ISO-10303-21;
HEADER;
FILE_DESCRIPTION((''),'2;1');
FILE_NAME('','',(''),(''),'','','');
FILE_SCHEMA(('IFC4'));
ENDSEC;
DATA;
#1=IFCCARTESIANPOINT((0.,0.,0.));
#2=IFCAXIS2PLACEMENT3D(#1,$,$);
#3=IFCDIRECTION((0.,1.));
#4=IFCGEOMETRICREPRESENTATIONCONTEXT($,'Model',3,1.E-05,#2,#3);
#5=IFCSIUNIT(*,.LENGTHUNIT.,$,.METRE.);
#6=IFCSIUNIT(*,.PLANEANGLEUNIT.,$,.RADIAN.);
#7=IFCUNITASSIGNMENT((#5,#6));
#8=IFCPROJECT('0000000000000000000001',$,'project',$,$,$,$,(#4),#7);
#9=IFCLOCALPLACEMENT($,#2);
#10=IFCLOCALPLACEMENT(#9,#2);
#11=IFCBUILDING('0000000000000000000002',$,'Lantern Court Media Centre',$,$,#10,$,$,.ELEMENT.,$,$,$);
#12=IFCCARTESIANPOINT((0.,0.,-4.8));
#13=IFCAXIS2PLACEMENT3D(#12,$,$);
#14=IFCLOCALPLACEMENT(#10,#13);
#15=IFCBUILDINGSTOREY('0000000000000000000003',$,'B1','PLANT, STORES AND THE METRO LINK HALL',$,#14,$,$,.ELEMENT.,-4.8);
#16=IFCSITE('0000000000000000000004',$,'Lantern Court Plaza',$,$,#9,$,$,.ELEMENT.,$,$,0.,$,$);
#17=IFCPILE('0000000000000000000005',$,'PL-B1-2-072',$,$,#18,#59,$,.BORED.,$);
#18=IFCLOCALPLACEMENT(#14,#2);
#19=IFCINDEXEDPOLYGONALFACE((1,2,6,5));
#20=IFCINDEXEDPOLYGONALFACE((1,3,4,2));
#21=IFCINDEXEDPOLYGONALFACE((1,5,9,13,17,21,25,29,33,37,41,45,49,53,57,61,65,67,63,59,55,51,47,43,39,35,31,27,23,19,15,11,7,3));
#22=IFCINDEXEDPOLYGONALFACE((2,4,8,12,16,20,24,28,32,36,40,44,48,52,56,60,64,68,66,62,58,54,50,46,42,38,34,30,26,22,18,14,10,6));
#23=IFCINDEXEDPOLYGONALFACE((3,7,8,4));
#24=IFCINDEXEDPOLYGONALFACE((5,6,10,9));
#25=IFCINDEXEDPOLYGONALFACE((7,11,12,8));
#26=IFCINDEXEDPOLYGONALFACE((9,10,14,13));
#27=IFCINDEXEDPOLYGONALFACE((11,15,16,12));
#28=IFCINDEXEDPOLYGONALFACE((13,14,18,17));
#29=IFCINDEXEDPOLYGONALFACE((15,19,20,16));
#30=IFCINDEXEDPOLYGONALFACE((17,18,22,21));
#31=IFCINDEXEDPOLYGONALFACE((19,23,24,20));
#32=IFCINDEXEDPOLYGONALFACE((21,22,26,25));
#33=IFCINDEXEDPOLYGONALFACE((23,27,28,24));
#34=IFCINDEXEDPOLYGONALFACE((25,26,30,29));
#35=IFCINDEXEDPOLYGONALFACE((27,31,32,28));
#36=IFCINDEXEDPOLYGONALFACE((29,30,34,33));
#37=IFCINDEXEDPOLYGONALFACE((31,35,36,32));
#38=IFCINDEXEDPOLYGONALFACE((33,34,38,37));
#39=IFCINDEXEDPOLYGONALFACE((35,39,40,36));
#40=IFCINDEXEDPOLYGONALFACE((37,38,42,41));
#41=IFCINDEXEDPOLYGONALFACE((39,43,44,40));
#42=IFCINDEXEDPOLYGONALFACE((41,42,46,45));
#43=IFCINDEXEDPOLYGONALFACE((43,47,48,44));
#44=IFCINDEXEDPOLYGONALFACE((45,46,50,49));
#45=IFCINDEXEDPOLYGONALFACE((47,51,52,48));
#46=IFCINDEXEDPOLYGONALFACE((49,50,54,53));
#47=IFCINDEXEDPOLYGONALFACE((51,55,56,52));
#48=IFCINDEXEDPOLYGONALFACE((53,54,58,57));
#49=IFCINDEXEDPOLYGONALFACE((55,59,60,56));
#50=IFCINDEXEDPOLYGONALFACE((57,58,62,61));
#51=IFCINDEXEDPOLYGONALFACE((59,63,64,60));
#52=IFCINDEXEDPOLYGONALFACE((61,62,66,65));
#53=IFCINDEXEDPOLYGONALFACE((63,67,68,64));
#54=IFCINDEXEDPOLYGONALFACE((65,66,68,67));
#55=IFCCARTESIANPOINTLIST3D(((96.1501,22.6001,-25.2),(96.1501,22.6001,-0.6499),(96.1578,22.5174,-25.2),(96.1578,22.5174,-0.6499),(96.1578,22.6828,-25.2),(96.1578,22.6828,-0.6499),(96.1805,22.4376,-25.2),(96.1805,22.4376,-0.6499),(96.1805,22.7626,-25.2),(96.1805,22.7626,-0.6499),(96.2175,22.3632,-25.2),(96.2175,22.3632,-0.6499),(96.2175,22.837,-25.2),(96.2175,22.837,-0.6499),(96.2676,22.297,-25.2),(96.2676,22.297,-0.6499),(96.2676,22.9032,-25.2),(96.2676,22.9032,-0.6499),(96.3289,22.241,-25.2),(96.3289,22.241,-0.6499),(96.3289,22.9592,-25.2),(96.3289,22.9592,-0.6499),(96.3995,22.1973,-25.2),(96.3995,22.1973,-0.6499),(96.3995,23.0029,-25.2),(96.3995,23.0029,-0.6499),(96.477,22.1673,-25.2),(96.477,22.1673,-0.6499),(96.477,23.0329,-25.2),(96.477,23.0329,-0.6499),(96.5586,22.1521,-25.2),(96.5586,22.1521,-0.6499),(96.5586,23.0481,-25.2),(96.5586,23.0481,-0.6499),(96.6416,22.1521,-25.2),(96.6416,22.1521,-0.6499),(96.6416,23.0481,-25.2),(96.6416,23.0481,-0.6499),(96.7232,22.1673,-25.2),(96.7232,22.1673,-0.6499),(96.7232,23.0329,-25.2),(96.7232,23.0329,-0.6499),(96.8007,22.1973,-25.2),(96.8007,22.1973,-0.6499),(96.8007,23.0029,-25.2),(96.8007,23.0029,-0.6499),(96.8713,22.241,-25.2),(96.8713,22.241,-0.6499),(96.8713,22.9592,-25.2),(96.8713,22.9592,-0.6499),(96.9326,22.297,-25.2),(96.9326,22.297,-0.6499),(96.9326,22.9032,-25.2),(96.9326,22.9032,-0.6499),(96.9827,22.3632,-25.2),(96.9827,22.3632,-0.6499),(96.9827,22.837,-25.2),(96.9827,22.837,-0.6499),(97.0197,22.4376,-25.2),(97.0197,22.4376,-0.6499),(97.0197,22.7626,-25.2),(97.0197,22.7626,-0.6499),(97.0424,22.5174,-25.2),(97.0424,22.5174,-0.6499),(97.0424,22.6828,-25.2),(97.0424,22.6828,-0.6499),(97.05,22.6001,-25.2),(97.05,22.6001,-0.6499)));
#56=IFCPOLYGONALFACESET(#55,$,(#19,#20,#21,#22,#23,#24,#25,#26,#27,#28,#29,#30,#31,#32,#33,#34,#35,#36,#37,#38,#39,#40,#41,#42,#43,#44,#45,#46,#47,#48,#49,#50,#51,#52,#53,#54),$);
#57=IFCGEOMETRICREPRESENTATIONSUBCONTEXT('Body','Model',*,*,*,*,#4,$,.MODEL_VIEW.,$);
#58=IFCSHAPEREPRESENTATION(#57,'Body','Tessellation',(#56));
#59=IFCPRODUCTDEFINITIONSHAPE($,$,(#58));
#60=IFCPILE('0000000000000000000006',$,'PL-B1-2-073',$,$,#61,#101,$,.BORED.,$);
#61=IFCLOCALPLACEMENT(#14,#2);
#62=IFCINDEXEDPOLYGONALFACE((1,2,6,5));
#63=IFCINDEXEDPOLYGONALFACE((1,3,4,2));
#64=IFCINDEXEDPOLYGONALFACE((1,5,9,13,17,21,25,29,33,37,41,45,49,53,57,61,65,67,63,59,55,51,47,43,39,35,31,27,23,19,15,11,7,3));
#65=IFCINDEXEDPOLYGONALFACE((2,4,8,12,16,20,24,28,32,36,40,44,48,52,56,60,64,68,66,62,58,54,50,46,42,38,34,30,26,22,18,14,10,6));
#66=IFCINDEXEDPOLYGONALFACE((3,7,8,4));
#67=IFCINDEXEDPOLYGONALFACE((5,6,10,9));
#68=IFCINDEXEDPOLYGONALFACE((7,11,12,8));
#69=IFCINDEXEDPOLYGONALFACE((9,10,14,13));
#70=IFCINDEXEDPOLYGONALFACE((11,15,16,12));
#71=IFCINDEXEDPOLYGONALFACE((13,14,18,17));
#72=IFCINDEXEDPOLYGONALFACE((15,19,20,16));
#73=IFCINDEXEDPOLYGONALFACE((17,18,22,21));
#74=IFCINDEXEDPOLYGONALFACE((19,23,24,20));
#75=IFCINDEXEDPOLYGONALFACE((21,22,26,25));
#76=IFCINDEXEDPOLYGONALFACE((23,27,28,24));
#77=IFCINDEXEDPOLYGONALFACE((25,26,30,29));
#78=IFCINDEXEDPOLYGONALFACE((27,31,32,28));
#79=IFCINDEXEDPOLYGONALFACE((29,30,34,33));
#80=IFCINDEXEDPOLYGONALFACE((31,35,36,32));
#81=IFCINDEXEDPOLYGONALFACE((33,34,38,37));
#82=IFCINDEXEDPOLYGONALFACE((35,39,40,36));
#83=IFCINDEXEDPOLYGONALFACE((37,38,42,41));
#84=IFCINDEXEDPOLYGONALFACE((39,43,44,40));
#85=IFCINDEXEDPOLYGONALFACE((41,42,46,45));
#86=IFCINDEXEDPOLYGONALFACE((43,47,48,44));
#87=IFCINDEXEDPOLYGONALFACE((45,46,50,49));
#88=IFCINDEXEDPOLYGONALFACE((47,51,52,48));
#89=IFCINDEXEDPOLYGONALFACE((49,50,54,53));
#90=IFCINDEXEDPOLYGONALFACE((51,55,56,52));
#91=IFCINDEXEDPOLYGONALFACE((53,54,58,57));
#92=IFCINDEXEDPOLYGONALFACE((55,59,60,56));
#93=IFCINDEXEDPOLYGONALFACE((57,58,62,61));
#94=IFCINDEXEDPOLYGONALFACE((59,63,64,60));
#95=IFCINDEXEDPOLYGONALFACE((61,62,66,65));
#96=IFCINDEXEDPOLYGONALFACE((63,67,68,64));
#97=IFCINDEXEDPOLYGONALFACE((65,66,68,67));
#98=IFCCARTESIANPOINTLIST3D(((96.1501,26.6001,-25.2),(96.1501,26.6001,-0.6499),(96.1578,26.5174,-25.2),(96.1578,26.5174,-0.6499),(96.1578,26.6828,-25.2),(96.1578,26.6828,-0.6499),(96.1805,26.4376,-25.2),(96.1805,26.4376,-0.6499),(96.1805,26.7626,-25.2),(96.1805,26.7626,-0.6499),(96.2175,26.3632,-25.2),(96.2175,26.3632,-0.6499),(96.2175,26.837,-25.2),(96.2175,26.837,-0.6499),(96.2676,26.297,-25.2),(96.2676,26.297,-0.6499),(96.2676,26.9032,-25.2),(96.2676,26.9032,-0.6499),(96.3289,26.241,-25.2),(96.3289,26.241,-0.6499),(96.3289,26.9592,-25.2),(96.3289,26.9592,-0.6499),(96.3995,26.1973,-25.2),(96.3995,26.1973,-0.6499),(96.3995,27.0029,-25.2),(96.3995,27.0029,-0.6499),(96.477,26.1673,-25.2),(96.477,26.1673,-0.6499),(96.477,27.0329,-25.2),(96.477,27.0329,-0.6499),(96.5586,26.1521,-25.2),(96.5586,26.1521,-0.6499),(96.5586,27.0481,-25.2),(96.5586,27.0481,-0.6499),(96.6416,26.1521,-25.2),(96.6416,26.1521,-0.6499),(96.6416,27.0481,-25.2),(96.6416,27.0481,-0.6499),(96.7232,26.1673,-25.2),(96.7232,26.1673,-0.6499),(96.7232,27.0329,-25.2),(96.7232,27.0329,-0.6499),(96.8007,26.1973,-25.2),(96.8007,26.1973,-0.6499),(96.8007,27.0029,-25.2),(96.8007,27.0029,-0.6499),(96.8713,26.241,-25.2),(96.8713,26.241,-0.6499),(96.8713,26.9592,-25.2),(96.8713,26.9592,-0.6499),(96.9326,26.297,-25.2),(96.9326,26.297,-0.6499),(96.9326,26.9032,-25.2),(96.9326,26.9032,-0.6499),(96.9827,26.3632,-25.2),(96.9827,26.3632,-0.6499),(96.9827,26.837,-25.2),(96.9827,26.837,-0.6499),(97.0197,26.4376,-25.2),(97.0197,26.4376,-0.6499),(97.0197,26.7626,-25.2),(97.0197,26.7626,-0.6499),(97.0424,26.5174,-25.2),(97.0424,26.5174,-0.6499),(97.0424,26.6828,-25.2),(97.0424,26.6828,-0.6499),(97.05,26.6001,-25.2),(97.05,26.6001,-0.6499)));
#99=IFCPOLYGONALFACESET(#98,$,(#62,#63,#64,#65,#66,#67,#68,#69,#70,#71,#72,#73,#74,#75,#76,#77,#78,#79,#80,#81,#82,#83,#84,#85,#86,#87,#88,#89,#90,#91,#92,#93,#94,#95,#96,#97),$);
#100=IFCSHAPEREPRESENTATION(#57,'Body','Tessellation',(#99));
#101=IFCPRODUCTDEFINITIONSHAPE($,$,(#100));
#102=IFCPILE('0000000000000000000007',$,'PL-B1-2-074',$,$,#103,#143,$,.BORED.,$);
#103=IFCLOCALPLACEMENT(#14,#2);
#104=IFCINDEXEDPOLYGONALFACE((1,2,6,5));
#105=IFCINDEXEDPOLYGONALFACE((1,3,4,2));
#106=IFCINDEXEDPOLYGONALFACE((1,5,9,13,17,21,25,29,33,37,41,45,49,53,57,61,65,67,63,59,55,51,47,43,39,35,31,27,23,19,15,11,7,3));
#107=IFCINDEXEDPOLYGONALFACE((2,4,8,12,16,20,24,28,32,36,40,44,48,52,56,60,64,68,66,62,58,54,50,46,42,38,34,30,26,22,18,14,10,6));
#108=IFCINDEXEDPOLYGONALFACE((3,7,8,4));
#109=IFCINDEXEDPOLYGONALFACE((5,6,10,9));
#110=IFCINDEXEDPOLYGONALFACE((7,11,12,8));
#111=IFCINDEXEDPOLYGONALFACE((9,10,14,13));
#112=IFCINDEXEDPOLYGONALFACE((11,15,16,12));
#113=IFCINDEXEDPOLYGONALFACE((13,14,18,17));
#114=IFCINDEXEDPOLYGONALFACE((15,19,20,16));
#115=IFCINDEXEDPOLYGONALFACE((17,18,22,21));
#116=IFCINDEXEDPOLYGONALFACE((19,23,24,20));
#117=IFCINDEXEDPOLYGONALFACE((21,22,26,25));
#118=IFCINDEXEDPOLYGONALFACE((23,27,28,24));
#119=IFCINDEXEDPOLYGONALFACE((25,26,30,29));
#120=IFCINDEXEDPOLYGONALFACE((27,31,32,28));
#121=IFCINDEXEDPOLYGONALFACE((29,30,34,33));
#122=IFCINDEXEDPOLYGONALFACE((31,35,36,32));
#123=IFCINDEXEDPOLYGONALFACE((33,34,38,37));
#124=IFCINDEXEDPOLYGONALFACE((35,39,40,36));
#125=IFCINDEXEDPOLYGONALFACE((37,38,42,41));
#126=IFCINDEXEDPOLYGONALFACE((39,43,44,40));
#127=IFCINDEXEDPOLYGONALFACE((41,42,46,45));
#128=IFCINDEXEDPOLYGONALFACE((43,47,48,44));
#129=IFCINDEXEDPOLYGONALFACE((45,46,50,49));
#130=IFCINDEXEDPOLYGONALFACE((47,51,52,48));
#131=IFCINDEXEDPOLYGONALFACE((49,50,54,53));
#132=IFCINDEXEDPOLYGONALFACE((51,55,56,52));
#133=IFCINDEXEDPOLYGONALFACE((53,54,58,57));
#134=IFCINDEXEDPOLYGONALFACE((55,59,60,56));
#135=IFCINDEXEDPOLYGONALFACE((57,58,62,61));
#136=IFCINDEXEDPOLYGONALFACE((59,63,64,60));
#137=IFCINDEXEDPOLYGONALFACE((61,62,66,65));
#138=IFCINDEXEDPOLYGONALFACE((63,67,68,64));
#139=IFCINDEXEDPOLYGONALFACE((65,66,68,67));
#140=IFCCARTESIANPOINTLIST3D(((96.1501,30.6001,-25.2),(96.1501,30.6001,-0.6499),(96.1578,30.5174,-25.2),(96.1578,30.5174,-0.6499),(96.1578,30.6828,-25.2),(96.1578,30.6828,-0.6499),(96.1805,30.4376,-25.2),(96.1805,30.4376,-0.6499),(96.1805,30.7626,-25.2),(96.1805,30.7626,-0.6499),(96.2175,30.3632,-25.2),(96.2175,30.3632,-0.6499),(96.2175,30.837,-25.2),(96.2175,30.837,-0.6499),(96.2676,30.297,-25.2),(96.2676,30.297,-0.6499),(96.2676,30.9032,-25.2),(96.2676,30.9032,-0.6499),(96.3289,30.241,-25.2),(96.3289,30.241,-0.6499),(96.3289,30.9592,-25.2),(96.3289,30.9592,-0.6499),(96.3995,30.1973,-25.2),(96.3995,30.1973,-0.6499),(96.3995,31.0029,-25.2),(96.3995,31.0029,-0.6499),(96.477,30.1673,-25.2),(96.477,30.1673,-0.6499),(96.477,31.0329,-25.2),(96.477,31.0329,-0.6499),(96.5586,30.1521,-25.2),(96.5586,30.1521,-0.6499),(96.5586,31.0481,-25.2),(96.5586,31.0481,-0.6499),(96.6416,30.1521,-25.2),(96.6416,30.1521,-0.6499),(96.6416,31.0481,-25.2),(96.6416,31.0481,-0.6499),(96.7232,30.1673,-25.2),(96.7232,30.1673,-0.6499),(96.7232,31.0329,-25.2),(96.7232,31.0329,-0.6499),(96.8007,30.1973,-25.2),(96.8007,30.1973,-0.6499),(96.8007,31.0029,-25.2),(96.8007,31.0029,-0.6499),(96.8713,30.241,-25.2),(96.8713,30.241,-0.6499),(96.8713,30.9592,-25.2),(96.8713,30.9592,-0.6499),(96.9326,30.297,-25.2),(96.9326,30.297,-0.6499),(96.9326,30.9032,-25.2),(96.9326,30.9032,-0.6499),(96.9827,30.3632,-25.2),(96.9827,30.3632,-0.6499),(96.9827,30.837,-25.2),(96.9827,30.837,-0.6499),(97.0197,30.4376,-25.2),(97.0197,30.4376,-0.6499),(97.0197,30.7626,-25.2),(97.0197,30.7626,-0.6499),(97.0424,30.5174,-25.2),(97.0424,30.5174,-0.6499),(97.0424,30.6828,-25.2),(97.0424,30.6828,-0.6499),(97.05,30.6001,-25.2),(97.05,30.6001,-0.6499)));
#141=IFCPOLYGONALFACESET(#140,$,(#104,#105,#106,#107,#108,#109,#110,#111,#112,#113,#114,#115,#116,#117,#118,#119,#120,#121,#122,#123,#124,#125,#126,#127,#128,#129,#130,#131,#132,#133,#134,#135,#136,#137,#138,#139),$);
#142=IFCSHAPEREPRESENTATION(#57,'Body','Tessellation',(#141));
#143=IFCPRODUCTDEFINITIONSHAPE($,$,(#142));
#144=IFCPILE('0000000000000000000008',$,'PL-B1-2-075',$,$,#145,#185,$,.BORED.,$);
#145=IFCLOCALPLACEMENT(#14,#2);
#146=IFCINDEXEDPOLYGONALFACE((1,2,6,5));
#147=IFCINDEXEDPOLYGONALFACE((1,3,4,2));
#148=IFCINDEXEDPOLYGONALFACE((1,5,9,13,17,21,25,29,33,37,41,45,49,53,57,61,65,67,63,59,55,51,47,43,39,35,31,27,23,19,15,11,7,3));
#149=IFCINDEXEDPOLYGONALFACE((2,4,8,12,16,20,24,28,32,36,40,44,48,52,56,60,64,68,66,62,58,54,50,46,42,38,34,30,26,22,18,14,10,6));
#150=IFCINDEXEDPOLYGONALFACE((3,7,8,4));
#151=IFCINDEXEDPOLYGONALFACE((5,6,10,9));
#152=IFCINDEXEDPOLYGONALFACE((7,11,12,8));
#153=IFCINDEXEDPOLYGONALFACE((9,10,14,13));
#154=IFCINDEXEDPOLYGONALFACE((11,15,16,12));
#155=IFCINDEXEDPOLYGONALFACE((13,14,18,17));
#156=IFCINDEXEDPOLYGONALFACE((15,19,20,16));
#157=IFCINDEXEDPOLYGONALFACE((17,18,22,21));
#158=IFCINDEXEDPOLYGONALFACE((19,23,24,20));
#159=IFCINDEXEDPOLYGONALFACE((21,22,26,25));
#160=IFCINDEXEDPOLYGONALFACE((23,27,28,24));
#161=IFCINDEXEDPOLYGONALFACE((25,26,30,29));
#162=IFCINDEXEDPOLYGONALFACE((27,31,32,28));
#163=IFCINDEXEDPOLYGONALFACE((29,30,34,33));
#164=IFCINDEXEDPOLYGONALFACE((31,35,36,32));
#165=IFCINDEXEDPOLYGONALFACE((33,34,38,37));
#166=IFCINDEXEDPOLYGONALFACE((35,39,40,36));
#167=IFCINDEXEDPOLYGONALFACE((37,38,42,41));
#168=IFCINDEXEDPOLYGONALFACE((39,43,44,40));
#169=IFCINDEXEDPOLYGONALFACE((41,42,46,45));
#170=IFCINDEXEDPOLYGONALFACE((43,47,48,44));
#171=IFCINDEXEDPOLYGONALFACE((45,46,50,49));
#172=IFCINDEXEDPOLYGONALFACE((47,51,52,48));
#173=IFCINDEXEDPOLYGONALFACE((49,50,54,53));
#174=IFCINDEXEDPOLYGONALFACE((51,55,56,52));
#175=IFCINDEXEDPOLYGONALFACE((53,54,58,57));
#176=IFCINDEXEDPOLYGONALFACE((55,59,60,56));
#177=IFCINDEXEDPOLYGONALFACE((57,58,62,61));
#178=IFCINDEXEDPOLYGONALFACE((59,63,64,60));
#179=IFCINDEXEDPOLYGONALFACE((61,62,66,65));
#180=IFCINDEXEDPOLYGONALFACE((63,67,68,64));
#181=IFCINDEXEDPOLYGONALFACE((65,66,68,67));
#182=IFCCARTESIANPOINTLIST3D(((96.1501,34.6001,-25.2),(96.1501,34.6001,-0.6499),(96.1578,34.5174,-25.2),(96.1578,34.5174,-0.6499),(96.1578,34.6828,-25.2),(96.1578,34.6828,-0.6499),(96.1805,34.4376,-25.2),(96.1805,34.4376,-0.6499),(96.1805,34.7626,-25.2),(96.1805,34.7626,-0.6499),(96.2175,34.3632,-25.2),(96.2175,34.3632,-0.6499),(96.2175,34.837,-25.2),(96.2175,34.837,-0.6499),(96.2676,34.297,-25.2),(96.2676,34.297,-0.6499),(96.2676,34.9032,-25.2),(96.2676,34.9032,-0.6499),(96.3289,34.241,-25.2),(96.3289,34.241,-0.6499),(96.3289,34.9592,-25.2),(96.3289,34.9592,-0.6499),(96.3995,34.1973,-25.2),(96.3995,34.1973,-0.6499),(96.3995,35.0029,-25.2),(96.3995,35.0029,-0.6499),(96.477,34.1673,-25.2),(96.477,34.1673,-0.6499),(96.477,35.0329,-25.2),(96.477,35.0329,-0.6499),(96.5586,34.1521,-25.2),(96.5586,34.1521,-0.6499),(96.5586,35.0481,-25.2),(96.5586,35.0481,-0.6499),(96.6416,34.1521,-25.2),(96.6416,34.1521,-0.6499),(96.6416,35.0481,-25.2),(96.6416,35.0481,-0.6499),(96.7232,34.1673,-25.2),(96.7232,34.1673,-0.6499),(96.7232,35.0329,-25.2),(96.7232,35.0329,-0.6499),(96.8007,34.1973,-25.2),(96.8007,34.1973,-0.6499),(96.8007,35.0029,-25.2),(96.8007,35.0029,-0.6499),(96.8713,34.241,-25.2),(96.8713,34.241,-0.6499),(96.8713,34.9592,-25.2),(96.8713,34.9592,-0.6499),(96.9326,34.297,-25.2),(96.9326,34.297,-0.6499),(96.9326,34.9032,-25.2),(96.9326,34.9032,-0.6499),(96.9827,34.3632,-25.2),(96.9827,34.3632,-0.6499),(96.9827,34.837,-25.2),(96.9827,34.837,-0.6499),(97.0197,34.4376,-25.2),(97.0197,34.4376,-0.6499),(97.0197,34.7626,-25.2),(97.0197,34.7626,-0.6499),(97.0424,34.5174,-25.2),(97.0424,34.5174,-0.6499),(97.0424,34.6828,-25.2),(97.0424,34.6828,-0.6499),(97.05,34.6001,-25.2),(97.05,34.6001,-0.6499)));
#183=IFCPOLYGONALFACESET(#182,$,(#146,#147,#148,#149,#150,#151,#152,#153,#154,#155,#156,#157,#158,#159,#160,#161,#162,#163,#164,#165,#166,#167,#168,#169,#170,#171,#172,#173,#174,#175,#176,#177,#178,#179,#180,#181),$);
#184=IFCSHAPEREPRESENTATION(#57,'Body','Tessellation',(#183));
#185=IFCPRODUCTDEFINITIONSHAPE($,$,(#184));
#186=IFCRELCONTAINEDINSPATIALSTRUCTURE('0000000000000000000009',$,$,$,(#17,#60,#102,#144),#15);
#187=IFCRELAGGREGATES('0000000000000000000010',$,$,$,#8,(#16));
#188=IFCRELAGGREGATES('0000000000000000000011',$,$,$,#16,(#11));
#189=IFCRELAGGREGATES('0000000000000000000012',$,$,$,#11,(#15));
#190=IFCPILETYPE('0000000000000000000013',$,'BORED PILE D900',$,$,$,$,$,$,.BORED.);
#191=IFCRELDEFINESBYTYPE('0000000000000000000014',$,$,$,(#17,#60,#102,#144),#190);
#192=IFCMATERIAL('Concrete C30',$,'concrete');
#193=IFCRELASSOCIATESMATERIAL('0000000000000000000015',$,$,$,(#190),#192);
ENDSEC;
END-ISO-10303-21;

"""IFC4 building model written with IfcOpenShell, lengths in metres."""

from ifc_helpers import new_model, si_unit, direction, frame, origin, origin_2d, place, context, subcontext, project, spatial, circle, extrude, material, material_profile, profile_set, type_object, element, save


model = new_model("IFC4")

# Units and contexts
model_context = context("Model", 3, precision=1e-05, world=origin(), true_north=direction((0.0, 1.0)))
body_context = subcontext(model_context, "Body", "Model", "MODEL_VIEW")
ifc_project = project(units=[si_unit("LENGTHUNIT", "METRE"), si_unit("PLANEANGLEUNIT", "RADIAN")], contexts=[model_context])

# Site, building, storey
site_placement = place(None, origin())
site = spatial("IfcSite", under=ifc_project, at=site_placement, Name="Lantern Court Plaza", CompositionType="ELEMENT", RefElevation=0.0)
building_placement = place(site_placement, origin())
building = spatial("IfcBuilding", under=site, at=building_placement, Name="Lantern Court Media Centre", CompositionType="ELEMENT")
storey_placement = place(building_placement, frame((0.0, 0.0, -4.8)))
storey = spatial("IfcBuildingStorey", under=building, at=storey_placement, Name="B1", Description="PLANT, STORES AND THE METRO LINK HALL", CompositionType="ELEMENT", Elevation=-4.8)

# Piles
ifc_material_1 = material(Name="Concrete C30", Category="concrete")
ifc_material_profile_1 = material_profile(ifc_material_1, circle(Radius=0.45, at=origin_2d()), Name="D900")
ifc_profile_set_1 = profile_set([ifc_material_profile_1], Name="Concrete C30")
pile_type = type_object("IfcPileType", Name="BORED PILE D900", PredefinedType="BORED", material=ifc_profile_set_1)
for number, where, z_axis, x_axis, name in (
    (1, (96.6001, 22.6001, -0.6499), (0.0, 0.0, -1.0), (1.0, 0.0, 0.0), "PL-B1-2-072"),
    (2, (96.6001, 26.6001, -0.6499), (0.0, 0.0, -1.0), (1.0, 0.0, 0.0), "PL-B1-2-073"),
    (3, (96.6001, 30.6001, -0.6499), (0.0, 0.0, -1.0), (1.0, 0.0, 0.0), "PL-B1-2-074"),
    (4, (96.6001, 34.6001, -0.6499), (0.0, 0.0, -1.0), (1.0, 0.0, 0.0), "PL-B1-2-075"),
):
    element("IfcPile", number, at=place(storey_placement, frame(where, z_axis=z_axis, x_axis=x_axis)), inside=storey, type_object=pile_type, Name=name, PredefinedType="BORED", context=body_context, shape_type="SweptSolid", body=[
        extrude(circle(Radius=0.45, at=origin_2d()), origin(), (0.0, 0.0, 1.0), 24.55),
    ])

save(model, "model.ifc")
